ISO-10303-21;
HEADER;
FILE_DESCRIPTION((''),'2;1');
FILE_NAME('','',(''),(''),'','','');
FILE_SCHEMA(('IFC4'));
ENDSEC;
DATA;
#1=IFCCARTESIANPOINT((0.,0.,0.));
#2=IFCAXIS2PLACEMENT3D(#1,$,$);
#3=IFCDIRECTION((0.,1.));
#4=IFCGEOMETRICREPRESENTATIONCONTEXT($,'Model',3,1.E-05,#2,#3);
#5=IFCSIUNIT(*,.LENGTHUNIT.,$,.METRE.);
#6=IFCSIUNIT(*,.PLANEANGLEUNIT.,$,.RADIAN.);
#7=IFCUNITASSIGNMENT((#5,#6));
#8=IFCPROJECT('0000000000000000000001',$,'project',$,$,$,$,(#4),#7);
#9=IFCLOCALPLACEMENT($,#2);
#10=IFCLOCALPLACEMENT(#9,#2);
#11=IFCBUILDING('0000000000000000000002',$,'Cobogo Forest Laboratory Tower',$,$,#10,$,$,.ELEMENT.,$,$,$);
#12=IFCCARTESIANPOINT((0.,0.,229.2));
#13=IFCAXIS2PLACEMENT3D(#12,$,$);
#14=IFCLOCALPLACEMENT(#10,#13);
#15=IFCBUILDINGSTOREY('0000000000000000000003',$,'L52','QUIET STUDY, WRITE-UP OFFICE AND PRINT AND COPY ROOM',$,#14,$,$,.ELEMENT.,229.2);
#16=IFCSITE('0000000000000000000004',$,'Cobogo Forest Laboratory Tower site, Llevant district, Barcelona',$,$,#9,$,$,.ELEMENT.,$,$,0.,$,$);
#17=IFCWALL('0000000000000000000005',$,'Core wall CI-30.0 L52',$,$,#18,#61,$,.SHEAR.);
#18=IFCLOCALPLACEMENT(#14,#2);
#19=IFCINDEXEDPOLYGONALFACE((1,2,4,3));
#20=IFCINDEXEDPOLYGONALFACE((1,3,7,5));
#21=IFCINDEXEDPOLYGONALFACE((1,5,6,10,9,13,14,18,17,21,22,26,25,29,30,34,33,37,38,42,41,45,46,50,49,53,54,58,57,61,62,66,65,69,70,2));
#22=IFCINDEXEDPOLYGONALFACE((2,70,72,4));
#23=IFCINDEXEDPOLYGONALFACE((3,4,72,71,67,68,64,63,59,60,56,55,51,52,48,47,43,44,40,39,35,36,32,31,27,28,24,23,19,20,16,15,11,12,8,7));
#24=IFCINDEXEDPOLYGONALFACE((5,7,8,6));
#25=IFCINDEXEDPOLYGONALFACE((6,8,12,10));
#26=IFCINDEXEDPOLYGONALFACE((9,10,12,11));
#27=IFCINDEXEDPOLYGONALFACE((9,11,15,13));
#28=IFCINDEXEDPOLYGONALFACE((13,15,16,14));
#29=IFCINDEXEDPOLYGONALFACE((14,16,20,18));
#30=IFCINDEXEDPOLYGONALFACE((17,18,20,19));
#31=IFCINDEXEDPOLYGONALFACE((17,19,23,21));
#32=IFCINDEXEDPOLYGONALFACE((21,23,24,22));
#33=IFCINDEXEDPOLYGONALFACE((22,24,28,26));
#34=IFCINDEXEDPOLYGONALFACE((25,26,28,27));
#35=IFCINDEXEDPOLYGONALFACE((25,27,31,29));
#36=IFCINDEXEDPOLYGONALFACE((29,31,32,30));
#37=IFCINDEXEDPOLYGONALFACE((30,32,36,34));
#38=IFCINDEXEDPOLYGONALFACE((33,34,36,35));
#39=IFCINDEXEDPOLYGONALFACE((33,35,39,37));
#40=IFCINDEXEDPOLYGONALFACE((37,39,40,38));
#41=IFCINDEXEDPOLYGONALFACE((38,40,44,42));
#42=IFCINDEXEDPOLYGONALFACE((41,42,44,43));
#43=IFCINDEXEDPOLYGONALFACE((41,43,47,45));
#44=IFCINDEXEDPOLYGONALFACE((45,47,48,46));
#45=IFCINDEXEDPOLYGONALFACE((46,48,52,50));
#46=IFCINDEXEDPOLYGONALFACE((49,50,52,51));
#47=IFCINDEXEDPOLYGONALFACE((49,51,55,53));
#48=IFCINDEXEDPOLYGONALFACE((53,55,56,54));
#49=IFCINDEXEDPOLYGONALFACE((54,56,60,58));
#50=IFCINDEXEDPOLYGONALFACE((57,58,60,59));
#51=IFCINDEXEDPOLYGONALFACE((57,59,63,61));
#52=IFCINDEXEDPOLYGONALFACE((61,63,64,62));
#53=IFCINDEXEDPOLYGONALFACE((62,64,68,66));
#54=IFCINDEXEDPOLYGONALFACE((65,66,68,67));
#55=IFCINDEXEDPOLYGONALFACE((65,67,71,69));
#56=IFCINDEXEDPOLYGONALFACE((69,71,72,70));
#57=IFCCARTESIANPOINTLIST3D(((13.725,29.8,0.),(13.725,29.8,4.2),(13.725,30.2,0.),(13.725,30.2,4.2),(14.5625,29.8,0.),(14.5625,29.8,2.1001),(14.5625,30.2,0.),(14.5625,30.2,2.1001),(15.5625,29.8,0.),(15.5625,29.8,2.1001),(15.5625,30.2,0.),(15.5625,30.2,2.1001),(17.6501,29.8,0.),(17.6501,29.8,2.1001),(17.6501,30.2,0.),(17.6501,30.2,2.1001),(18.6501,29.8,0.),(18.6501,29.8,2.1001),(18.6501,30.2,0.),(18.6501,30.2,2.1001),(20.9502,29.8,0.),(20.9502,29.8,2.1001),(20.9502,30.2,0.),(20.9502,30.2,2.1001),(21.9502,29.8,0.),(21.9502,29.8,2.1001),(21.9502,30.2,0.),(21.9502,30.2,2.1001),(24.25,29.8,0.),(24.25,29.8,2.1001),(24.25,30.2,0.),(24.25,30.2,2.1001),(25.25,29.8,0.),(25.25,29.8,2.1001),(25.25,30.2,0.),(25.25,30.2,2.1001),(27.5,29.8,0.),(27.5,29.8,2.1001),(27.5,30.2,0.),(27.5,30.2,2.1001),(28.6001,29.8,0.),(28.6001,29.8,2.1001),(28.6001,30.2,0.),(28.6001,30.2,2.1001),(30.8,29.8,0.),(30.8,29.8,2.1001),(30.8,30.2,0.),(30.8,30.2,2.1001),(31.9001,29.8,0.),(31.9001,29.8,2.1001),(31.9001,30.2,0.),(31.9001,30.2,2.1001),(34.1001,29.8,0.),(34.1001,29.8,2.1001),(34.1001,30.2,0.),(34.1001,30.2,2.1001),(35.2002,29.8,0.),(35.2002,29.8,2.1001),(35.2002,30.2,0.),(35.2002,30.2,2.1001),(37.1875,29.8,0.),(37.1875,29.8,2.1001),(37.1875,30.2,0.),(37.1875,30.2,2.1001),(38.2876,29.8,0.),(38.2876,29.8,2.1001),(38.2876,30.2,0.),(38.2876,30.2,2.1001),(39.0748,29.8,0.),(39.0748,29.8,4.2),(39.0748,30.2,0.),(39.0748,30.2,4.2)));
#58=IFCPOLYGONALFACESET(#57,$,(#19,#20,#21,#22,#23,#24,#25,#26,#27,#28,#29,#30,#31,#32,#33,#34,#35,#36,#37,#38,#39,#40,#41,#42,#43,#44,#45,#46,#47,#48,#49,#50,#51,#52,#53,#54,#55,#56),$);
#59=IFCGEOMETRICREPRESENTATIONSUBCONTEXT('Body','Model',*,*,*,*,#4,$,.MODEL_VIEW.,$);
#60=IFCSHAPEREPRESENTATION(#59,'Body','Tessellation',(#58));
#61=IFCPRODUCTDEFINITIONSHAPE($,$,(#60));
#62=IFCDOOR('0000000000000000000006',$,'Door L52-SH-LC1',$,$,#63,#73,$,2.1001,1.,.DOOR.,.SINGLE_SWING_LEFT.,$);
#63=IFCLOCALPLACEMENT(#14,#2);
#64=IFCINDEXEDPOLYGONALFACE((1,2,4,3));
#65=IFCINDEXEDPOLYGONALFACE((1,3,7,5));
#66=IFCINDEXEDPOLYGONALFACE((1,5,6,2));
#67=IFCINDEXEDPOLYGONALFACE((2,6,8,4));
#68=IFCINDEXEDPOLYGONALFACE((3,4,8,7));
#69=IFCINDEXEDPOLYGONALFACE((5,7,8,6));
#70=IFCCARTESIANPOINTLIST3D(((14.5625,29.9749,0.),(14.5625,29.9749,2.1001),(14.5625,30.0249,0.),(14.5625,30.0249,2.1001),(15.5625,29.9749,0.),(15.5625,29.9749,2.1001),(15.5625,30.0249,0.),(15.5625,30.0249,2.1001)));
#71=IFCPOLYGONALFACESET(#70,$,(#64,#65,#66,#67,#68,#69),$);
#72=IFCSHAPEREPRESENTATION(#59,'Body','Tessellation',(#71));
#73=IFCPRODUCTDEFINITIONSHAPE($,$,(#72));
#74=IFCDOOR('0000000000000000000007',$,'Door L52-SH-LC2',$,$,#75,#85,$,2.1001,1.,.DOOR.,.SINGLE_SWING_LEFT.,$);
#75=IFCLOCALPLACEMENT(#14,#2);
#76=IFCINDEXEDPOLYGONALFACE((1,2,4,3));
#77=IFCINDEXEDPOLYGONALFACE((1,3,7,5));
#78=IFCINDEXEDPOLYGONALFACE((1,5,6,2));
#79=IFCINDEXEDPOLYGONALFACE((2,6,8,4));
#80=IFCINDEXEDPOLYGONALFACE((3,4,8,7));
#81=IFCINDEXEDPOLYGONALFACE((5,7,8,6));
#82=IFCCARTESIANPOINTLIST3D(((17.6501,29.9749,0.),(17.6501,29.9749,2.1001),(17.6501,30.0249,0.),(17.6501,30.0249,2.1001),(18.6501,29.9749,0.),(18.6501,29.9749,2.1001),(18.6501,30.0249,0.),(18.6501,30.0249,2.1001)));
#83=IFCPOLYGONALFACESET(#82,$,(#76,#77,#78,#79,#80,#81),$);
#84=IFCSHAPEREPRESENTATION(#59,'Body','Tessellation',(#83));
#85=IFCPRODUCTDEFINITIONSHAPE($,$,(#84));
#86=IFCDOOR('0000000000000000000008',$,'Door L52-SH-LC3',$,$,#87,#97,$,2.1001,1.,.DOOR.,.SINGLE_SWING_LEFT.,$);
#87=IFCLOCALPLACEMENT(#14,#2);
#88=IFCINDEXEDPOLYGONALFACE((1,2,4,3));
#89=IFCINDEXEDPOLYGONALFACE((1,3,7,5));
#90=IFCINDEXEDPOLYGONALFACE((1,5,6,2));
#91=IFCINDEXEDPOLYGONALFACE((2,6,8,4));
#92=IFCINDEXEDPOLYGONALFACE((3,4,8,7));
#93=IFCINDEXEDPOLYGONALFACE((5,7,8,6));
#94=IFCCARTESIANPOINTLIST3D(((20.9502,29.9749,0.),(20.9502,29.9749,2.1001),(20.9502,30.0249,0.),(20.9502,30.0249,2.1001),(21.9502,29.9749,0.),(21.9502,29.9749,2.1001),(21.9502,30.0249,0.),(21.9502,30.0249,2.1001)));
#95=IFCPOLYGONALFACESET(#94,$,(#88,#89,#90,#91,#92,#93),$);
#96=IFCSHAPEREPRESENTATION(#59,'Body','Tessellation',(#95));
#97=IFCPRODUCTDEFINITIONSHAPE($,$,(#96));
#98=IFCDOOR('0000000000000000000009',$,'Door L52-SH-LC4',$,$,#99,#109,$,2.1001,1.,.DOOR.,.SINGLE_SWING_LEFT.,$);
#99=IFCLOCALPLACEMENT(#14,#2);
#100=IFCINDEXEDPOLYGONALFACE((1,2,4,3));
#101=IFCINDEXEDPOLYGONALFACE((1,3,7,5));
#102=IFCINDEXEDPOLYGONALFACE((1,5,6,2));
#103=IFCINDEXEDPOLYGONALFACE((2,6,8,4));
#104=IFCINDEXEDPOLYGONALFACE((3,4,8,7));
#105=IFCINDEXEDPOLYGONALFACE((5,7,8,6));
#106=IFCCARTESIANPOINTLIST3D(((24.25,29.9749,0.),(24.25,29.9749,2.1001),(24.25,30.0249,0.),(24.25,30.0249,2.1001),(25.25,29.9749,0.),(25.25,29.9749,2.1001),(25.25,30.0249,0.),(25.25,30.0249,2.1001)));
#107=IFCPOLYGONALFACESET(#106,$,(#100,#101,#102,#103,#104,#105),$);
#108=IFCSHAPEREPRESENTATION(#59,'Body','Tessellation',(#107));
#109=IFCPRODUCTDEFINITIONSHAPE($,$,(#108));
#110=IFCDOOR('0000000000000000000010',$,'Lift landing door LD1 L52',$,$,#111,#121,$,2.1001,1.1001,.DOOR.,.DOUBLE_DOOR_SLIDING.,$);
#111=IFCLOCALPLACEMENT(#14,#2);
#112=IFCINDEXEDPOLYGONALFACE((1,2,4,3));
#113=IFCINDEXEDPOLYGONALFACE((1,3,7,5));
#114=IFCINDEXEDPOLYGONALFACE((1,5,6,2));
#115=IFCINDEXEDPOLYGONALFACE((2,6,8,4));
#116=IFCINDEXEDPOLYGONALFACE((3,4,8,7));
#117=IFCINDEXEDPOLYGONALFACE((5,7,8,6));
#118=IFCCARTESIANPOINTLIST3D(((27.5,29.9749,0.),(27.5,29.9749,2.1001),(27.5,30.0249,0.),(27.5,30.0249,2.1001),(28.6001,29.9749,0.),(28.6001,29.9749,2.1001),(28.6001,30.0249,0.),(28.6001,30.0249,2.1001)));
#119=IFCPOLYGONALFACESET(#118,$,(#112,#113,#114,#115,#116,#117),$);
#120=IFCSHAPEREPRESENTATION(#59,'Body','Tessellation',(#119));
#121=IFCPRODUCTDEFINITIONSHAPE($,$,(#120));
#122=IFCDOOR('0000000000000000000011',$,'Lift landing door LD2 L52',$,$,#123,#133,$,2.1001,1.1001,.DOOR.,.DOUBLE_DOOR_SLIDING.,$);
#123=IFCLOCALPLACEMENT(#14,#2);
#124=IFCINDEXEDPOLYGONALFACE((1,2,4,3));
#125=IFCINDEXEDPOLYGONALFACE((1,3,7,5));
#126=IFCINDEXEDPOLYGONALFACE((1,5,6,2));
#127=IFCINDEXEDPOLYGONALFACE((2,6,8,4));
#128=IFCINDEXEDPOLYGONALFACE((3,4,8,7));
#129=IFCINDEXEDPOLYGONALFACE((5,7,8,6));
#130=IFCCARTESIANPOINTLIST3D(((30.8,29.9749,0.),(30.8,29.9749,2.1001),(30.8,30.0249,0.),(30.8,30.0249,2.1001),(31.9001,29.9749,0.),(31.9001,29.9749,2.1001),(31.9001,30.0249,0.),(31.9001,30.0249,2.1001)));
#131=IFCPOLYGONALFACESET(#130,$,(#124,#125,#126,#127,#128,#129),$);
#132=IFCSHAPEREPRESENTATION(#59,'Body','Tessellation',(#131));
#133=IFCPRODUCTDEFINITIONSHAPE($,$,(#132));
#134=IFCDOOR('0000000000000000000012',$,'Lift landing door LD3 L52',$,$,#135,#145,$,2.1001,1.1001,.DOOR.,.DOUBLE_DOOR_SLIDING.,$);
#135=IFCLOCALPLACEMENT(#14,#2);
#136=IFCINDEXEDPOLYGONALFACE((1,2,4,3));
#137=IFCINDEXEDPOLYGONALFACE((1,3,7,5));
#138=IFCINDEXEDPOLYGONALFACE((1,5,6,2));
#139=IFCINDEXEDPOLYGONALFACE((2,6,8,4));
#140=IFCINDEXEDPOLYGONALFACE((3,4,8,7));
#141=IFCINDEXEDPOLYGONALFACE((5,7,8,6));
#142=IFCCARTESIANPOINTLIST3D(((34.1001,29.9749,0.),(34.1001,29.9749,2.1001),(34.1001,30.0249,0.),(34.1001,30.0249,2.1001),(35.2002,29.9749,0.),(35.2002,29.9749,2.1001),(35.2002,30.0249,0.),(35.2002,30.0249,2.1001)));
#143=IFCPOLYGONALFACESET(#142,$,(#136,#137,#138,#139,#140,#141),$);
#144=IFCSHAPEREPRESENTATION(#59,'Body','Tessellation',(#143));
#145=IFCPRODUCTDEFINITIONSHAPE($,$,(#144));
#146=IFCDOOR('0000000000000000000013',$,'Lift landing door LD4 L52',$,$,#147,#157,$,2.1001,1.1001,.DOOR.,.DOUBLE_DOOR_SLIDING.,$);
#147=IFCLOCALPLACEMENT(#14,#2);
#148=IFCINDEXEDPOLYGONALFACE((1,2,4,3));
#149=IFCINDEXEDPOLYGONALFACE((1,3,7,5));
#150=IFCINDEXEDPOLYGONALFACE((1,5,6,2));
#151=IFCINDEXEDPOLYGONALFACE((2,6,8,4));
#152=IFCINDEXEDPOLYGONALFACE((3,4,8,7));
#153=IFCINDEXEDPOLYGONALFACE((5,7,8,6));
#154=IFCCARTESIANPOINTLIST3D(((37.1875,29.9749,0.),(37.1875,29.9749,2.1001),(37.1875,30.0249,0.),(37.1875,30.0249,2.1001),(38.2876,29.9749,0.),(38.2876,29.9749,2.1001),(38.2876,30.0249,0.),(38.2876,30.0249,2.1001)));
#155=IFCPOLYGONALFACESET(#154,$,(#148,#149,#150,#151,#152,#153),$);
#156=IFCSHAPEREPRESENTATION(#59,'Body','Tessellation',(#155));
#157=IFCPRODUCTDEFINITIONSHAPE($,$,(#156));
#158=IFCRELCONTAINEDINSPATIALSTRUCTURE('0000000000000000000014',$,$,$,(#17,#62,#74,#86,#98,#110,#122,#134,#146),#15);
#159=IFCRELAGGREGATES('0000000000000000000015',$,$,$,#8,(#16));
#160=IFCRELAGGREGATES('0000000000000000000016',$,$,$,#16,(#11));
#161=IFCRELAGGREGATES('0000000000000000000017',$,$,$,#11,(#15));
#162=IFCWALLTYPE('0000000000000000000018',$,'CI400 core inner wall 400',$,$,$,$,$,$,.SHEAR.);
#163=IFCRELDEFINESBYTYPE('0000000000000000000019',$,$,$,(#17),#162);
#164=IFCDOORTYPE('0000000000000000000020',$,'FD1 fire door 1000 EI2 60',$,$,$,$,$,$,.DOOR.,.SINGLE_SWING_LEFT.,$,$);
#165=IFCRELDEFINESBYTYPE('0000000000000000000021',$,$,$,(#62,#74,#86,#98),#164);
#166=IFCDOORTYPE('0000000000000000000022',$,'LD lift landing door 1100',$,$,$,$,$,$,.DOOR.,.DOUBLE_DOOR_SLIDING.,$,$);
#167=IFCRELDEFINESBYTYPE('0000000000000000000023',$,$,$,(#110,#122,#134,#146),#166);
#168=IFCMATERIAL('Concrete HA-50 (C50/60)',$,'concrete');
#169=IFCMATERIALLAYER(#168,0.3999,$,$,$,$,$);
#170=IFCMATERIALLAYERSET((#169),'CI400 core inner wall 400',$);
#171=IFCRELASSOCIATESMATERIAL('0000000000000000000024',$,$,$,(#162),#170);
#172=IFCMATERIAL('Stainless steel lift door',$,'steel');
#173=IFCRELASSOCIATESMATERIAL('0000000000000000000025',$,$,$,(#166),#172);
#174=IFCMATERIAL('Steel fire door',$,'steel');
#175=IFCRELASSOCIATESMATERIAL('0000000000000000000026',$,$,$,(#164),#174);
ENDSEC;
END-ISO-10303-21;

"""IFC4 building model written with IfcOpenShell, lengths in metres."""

from ifc_helpers import new_model, si_unit, direction, frame, frame_2d, origin, place, context, subcontext, project, spatial, rectangle, extrude, material, layer, layer_set, type_object, element, fill, save


model = new_model("IFC4")

# Units and contexts
model_context = context("Model", 3, precision=1e-05, world=origin(), true_north=direction((0.0, 1.0)))
body_context = subcontext(model_context, "Body", "Model", "MODEL_VIEW")
ifc_project = project(units=[si_unit("LENGTHUNIT", "METRE"), si_unit("PLANEANGLEUNIT", "RADIAN")], contexts=[model_context])

# Site, building, storey
site_placement = place(None, origin())
site = spatial("IfcSite", under=ifc_project, at=site_placement, Name="Cobogo Forest Laboratory Tower site, Llevant district, Barcelona", CompositionType="ELEMENT", RefElevation=0.0)
building_placement = place(site_placement, origin())
building = spatial("IfcBuilding", under=site, at=building_placement, Name="Cobogo Forest Laboratory Tower", CompositionType="ELEMENT")
storey_placement = place(building_placement, frame((0.0, 0.0, 229.2)))
storey = spatial("IfcBuildingStorey", under=building, at=storey_placement, Name="L52", Description="QUIET STUDY, WRITE-UP OFFICE AND PRINT AND COPY ROOM", CompositionType="ELEMENT", Elevation=229.2)

# Shared definitions
ifc_material_1 = material(Name="Concrete HA-50 (C50/60)", Category="concrete")
ifc_layer = layer(ifc_material_1, 0.3999)
ifc_layer_set = layer_set([ifc_layer], Name="CI400 core inner wall 400")
wall_type = type_object("IfcWallType", Name="CI400 core inner wall 400", PredefinedType="SHEAR", material=ifc_layer_set)

# Wall, openings, doors
ifc_material_2 = material(Name="Steel fire door", Category="steel")
ifc_material_3 = material(Name="Stainless steel lift door", Category="steel")
door_type_1 = type_object("IfcDoorType", Name="LD lift landing door 1100", OperationType="DOUBLE_DOOR_SLIDING", PredefinedType="DOOR", material=ifc_material_3)
wall_1_placement = place(storey_placement, frame((13.7251, 30.0, 0.0), z_axis=(0.0, 0.0, 1.0), x_axis=(1.0, 0.0, 0.0)))
wall_1 = element("IfcWall", 1, at=wall_1_placement, inside=storey, type_object=wall_type, Name="Core wall CI-30.0 L52", PredefinedType="SHEAR", context=body_context, shape_type="SweptSolid", body=[
    extrude(rectangle(XDim=25.3499, YDim=0.3999, at=frame_2d((12.6748, 0.0))), origin(), (0.0, 0.0, 1.0), 4.2),
])
opening_1_placement = place(wall_1_placement, frame((0.8374, 0.0, 0.0)))
opening_1 = element("IfcOpeningElement", 2, at=opening_1_placement, cuts=wall_1, PredefinedType="OPENING", context=body_context, shape_type="SweptSolid", body=[
    extrude(rectangle(XDim=1.0, YDim=2.1001, at=frame_2d((0.5, 1.05))), frame((0.0, 0.21, 0.0), z_axis=(0.0, -1.0, 0.0), x_axis=(1.0, 0.0, 0.0)), (0.0, 0.0, 1.0), 0.4199),
])
opening_2_placement = place(wall_1_placement, frame((3.925, 0.0, 0.0)))
opening_2 = element("IfcOpeningElement", 3, at=opening_2_placement, cuts=wall_1, PredefinedType="OPENING", context=body_context, shape_type="SweptSolid", body=[
    extrude(rectangle(XDim=1.0, YDim=2.1001, at=frame_2d((0.5, 1.05))), frame((0.0, 0.21, 0.0), z_axis=(0.0, -1.0, 0.0), x_axis=(1.0, 0.0, 0.0)), (0.0, 0.0, 1.0), 0.4199),
])
opening_3_placement = place(wall_1_placement, frame((7.2251, 0.0, 0.0)))
opening_3 = element("IfcOpeningElement", 4, at=opening_3_placement, cuts=wall_1, PredefinedType="OPENING", context=body_context, shape_type="SweptSolid", body=[
    extrude(rectangle(XDim=1.0, YDim=2.1001, at=frame_2d((0.5, 1.05))), frame((0.0, 0.21, 0.0), z_axis=(0.0, -1.0, 0.0), x_axis=(1.0, 0.0, 0.0)), (0.0, 0.0, 1.0), 0.4199),
])
opening_4_placement = place(wall_1_placement, frame((10.5249, 0.0, 0.0)))
opening_4 = element("IfcOpeningElement", 5, at=opening_4_placement, cuts=wall_1, PredefinedType="OPENING", context=body_context, shape_type="SweptSolid", body=[
    extrude(rectangle(XDim=1.0, YDim=2.1001, at=frame_2d((0.5, 1.05))), frame((0.0, 0.21, 0.0), z_axis=(0.0, -1.0, 0.0), x_axis=(1.0, 0.0, 0.0)), (0.0, 0.0, 1.0), 0.4199),
])
opening_5_placement = place(wall_1_placement, frame((13.7749, 0.0, 0.0)))
opening_5 = element("IfcOpeningElement", 6, at=opening_5_placement, cuts=wall_1, PredefinedType="OPENING", context=body_context, shape_type="SweptSolid", body=[
    extrude(rectangle(XDim=1.1001, YDim=2.1001, at=frame_2d((0.55, 1.05))), frame((0.0, 0.21, 0.0), z_axis=(0.0, -1.0, 0.0), x_axis=(1.0, 0.0, 0.0)), (0.0, 0.0, 1.0), 0.4199),
])
opening_6_placement = place(wall_1_placement, frame((17.075, 0.0, 0.0)))
opening_6 = element("IfcOpeningElement", 7, at=opening_6_placement, cuts=wall_1, PredefinedType="OPENING", context=body_context, shape_type="SweptSolid", body=[
    extrude(rectangle(XDim=1.1001, YDim=2.1001, at=frame_2d((0.55, 1.05))), frame((0.0, 0.21, 0.0), z_axis=(0.0, -1.0, 0.0), x_axis=(1.0, 0.0, 0.0)), (0.0, 0.0, 1.0), 0.4199),
])
opening_7_placement = place(wall_1_placement, frame((20.375, 0.0, 0.0)))
opening_7 = element("IfcOpeningElement", 8, at=opening_7_placement, cuts=wall_1, PredefinedType="OPENING", context=body_context, shape_type="SweptSolid", body=[
    extrude(rectangle(XDim=1.1001, YDim=2.1001, at=frame_2d((0.55, 1.05))), frame((0.0, 0.21, 0.0), z_axis=(0.0, -1.0, 0.0), x_axis=(1.0, 0.0, 0.0)), (0.0, 0.0, 1.0), 0.4199),
])
opening_8_placement = place(wall_1_placement, frame((23.4624, 0.0, 0.0)))
opening_8 = element("IfcOpeningElement", 9, at=opening_8_placement, cuts=wall_1, PredefinedType="OPENING", context=body_context, shape_type="SweptSolid", body=[
    extrude(rectangle(XDim=1.1001, YDim=2.1001, at=frame_2d((0.55, 1.05))), frame((0.0, 0.21, 0.0), z_axis=(0.0, -1.0, 0.0), x_axis=(1.0, 0.0, 0.0)), (0.0, 0.0, 1.0), 0.4199),
])
door_type_2 = type_object("IfcDoorType", Name="FD1 fire door 1000 EI2 60", OperationType="SINGLE_SWING_LEFT", PredefinedType="DOOR", material=ifc_material_2)
door_1_placement = place(opening_1_placement, origin())
door_1 = element("IfcDoor", 10, at=door_1_placement, inside=storey, type_object=door_type_2, Name="Door L52-SH-LC1", OperationType="SINGLE_SWING_LEFT", OverallHeight=2.1001, OverallWidth=1.0, PredefinedType="DOOR", context=body_context, shape_type="SweptSolid", body=[
    extrude(rectangle(XDim=1.0, YDim=2.1001, at=frame_2d((0.5, 1.05))), frame((0.0, 0.0249, 0.0), z_axis=(0.0, -1.0, 0.0), x_axis=(1.0, 0.0, 0.0)), (0.0, 0.0, 1.0), 0.05),
])
fill(opening_1, door_1)
door_2_placement = place(opening_2_placement, origin())
door_2 = element("IfcDoor", 11, at=door_2_placement, inside=storey, type_object=door_type_2, Name="Door L52-SH-LC2", OperationType="SINGLE_SWING_LEFT", OverallHeight=2.1001, OverallWidth=1.0, PredefinedType="DOOR", context=body_context, shape_type="SweptSolid", body=[
    extrude(rectangle(XDim=1.0, YDim=2.1001, at=frame_2d((0.5, 1.05))), frame((0.0, 0.0249, 0.0), z_axis=(0.0, -1.0, 0.0), x_axis=(1.0, 0.0, 0.0)), (0.0, 0.0, 1.0), 0.05),
])
fill(opening_2, door_2)
door_3_placement = place(opening_3_placement, origin())
door_3 = element("IfcDoor", 12, at=door_3_placement, inside=storey, type_object=door_type_2, Name="Door L52-SH-LC3", OperationType="SINGLE_SWING_LEFT", OverallHeight=2.1001, OverallWidth=1.0, PredefinedType="DOOR", context=body_context, shape_type="SweptSolid", body=[
    extrude(rectangle(XDim=1.0, YDim=2.1001, at=frame_2d((0.5, 1.05))), frame((0.0, 0.0249, 0.0), z_axis=(0.0, -1.0, 0.0), x_axis=(1.0, 0.0, 0.0)), (0.0, 0.0, 1.0), 0.05),
])
fill(opening_3, door_3)
door_4_placement = place(opening_4_placement, origin())
door_4 = element("IfcDoor", 13, at=door_4_placement, inside=storey, type_object=door_type_2, Name="Door L52-SH-LC4", OperationType="SINGLE_SWING_LEFT", OverallHeight=2.1001, OverallWidth=1.0, PredefinedType="DOOR", context=body_context, shape_type="SweptSolid", body=[
    extrude(rectangle(XDim=1.0, YDim=2.1001, at=frame_2d((0.5, 1.05))), frame((0.0, 0.0249, 0.0), z_axis=(0.0, -1.0, 0.0), x_axis=(1.0, 0.0, 0.0)), (0.0, 0.0, 1.0), 0.05),
])
fill(opening_4, door_4)
door_5_placement = place(opening_5_placement, origin())
door_5 = element("IfcDoor", 14, at=door_5_placement, inside=storey, type_object=door_type_1, Name="Lift landing door LD1 L52", OperationType="DOUBLE_DOOR_SLIDING", OverallHeight=2.1001, OverallWidth=1.1001, PredefinedType="DOOR", context=body_context, shape_type="SweptSolid", body=[
    extrude(rectangle(XDim=1.1001, YDim=2.1001, at=frame_2d((0.55, 1.05))), frame((0.0, 0.0249, 0.0), z_axis=(0.0, -1.0, 0.0), x_axis=(1.0, 0.0, 0.0)), (0.0, 0.0, 1.0), 0.05),
])
fill(opening_5, door_5)
door_6_placement = place(opening_6_placement, origin())
door_6 = element("IfcDoor", 15, at=door_6_placement, inside=storey, type_object=door_type_1, Name="Lift landing door LD2 L52", OperationType="DOUBLE_DOOR_SLIDING", OverallHeight=2.1001, OverallWidth=1.1001, PredefinedType="DOOR", context=body_context, shape_type="SweptSolid", body=[
    extrude(rectangle(XDim=1.1001, YDim=2.1001, at=frame_2d((0.55, 1.05))), frame((0.0, 0.0249, 0.0), z_axis=(0.0, -1.0, 0.0), x_axis=(1.0, 0.0, 0.0)), (0.0, 0.0, 1.0), 0.05),
])
fill(opening_6, door_6)
door_7_placement = place(opening_7_placement, origin())
door_7 = element("IfcDoor", 16, at=door_7_placement, inside=storey, type_object=door_type_1, Name="Lift landing door LD3 L52", OperationType="DOUBLE_DOOR_SLIDING", OverallHeight=2.1001, OverallWidth=1.1001, PredefinedType="DOOR", context=body_context, shape_type="SweptSolid", body=[
    extrude(rectangle(XDim=1.1001, YDim=2.1001, at=frame_2d((0.55, 1.05))), frame((0.0, 0.0249, 0.0), z_axis=(0.0, -1.0, 0.0), x_axis=(1.0, 0.0, 0.0)), (0.0, 0.0, 1.0), 0.05),
])
fill(opening_7, door_7)
door_8_placement = place(opening_8_placement, origin())
door_8 = element("IfcDoor", 17, at=door_8_placement, inside=storey, type_object=door_type_1, Name="Lift landing door LD4 L52", OperationType="DOUBLE_DOOR_SLIDING", OverallHeight=2.1001, OverallWidth=1.1001, PredefinedType="DOOR", context=body_context, shape_type="SweptSolid", body=[
    extrude(rectangle(XDim=1.1001, YDim=2.1001, at=frame_2d((0.55, 1.05))), frame((0.0, 0.0249, 0.0), z_axis=(0.0, -1.0, 0.0), x_axis=(1.0, 0.0, 0.0)), (0.0, 0.0, 1.0), 0.05),
])
fill(opening_8, door_8)

save(model, "model.ifc")
